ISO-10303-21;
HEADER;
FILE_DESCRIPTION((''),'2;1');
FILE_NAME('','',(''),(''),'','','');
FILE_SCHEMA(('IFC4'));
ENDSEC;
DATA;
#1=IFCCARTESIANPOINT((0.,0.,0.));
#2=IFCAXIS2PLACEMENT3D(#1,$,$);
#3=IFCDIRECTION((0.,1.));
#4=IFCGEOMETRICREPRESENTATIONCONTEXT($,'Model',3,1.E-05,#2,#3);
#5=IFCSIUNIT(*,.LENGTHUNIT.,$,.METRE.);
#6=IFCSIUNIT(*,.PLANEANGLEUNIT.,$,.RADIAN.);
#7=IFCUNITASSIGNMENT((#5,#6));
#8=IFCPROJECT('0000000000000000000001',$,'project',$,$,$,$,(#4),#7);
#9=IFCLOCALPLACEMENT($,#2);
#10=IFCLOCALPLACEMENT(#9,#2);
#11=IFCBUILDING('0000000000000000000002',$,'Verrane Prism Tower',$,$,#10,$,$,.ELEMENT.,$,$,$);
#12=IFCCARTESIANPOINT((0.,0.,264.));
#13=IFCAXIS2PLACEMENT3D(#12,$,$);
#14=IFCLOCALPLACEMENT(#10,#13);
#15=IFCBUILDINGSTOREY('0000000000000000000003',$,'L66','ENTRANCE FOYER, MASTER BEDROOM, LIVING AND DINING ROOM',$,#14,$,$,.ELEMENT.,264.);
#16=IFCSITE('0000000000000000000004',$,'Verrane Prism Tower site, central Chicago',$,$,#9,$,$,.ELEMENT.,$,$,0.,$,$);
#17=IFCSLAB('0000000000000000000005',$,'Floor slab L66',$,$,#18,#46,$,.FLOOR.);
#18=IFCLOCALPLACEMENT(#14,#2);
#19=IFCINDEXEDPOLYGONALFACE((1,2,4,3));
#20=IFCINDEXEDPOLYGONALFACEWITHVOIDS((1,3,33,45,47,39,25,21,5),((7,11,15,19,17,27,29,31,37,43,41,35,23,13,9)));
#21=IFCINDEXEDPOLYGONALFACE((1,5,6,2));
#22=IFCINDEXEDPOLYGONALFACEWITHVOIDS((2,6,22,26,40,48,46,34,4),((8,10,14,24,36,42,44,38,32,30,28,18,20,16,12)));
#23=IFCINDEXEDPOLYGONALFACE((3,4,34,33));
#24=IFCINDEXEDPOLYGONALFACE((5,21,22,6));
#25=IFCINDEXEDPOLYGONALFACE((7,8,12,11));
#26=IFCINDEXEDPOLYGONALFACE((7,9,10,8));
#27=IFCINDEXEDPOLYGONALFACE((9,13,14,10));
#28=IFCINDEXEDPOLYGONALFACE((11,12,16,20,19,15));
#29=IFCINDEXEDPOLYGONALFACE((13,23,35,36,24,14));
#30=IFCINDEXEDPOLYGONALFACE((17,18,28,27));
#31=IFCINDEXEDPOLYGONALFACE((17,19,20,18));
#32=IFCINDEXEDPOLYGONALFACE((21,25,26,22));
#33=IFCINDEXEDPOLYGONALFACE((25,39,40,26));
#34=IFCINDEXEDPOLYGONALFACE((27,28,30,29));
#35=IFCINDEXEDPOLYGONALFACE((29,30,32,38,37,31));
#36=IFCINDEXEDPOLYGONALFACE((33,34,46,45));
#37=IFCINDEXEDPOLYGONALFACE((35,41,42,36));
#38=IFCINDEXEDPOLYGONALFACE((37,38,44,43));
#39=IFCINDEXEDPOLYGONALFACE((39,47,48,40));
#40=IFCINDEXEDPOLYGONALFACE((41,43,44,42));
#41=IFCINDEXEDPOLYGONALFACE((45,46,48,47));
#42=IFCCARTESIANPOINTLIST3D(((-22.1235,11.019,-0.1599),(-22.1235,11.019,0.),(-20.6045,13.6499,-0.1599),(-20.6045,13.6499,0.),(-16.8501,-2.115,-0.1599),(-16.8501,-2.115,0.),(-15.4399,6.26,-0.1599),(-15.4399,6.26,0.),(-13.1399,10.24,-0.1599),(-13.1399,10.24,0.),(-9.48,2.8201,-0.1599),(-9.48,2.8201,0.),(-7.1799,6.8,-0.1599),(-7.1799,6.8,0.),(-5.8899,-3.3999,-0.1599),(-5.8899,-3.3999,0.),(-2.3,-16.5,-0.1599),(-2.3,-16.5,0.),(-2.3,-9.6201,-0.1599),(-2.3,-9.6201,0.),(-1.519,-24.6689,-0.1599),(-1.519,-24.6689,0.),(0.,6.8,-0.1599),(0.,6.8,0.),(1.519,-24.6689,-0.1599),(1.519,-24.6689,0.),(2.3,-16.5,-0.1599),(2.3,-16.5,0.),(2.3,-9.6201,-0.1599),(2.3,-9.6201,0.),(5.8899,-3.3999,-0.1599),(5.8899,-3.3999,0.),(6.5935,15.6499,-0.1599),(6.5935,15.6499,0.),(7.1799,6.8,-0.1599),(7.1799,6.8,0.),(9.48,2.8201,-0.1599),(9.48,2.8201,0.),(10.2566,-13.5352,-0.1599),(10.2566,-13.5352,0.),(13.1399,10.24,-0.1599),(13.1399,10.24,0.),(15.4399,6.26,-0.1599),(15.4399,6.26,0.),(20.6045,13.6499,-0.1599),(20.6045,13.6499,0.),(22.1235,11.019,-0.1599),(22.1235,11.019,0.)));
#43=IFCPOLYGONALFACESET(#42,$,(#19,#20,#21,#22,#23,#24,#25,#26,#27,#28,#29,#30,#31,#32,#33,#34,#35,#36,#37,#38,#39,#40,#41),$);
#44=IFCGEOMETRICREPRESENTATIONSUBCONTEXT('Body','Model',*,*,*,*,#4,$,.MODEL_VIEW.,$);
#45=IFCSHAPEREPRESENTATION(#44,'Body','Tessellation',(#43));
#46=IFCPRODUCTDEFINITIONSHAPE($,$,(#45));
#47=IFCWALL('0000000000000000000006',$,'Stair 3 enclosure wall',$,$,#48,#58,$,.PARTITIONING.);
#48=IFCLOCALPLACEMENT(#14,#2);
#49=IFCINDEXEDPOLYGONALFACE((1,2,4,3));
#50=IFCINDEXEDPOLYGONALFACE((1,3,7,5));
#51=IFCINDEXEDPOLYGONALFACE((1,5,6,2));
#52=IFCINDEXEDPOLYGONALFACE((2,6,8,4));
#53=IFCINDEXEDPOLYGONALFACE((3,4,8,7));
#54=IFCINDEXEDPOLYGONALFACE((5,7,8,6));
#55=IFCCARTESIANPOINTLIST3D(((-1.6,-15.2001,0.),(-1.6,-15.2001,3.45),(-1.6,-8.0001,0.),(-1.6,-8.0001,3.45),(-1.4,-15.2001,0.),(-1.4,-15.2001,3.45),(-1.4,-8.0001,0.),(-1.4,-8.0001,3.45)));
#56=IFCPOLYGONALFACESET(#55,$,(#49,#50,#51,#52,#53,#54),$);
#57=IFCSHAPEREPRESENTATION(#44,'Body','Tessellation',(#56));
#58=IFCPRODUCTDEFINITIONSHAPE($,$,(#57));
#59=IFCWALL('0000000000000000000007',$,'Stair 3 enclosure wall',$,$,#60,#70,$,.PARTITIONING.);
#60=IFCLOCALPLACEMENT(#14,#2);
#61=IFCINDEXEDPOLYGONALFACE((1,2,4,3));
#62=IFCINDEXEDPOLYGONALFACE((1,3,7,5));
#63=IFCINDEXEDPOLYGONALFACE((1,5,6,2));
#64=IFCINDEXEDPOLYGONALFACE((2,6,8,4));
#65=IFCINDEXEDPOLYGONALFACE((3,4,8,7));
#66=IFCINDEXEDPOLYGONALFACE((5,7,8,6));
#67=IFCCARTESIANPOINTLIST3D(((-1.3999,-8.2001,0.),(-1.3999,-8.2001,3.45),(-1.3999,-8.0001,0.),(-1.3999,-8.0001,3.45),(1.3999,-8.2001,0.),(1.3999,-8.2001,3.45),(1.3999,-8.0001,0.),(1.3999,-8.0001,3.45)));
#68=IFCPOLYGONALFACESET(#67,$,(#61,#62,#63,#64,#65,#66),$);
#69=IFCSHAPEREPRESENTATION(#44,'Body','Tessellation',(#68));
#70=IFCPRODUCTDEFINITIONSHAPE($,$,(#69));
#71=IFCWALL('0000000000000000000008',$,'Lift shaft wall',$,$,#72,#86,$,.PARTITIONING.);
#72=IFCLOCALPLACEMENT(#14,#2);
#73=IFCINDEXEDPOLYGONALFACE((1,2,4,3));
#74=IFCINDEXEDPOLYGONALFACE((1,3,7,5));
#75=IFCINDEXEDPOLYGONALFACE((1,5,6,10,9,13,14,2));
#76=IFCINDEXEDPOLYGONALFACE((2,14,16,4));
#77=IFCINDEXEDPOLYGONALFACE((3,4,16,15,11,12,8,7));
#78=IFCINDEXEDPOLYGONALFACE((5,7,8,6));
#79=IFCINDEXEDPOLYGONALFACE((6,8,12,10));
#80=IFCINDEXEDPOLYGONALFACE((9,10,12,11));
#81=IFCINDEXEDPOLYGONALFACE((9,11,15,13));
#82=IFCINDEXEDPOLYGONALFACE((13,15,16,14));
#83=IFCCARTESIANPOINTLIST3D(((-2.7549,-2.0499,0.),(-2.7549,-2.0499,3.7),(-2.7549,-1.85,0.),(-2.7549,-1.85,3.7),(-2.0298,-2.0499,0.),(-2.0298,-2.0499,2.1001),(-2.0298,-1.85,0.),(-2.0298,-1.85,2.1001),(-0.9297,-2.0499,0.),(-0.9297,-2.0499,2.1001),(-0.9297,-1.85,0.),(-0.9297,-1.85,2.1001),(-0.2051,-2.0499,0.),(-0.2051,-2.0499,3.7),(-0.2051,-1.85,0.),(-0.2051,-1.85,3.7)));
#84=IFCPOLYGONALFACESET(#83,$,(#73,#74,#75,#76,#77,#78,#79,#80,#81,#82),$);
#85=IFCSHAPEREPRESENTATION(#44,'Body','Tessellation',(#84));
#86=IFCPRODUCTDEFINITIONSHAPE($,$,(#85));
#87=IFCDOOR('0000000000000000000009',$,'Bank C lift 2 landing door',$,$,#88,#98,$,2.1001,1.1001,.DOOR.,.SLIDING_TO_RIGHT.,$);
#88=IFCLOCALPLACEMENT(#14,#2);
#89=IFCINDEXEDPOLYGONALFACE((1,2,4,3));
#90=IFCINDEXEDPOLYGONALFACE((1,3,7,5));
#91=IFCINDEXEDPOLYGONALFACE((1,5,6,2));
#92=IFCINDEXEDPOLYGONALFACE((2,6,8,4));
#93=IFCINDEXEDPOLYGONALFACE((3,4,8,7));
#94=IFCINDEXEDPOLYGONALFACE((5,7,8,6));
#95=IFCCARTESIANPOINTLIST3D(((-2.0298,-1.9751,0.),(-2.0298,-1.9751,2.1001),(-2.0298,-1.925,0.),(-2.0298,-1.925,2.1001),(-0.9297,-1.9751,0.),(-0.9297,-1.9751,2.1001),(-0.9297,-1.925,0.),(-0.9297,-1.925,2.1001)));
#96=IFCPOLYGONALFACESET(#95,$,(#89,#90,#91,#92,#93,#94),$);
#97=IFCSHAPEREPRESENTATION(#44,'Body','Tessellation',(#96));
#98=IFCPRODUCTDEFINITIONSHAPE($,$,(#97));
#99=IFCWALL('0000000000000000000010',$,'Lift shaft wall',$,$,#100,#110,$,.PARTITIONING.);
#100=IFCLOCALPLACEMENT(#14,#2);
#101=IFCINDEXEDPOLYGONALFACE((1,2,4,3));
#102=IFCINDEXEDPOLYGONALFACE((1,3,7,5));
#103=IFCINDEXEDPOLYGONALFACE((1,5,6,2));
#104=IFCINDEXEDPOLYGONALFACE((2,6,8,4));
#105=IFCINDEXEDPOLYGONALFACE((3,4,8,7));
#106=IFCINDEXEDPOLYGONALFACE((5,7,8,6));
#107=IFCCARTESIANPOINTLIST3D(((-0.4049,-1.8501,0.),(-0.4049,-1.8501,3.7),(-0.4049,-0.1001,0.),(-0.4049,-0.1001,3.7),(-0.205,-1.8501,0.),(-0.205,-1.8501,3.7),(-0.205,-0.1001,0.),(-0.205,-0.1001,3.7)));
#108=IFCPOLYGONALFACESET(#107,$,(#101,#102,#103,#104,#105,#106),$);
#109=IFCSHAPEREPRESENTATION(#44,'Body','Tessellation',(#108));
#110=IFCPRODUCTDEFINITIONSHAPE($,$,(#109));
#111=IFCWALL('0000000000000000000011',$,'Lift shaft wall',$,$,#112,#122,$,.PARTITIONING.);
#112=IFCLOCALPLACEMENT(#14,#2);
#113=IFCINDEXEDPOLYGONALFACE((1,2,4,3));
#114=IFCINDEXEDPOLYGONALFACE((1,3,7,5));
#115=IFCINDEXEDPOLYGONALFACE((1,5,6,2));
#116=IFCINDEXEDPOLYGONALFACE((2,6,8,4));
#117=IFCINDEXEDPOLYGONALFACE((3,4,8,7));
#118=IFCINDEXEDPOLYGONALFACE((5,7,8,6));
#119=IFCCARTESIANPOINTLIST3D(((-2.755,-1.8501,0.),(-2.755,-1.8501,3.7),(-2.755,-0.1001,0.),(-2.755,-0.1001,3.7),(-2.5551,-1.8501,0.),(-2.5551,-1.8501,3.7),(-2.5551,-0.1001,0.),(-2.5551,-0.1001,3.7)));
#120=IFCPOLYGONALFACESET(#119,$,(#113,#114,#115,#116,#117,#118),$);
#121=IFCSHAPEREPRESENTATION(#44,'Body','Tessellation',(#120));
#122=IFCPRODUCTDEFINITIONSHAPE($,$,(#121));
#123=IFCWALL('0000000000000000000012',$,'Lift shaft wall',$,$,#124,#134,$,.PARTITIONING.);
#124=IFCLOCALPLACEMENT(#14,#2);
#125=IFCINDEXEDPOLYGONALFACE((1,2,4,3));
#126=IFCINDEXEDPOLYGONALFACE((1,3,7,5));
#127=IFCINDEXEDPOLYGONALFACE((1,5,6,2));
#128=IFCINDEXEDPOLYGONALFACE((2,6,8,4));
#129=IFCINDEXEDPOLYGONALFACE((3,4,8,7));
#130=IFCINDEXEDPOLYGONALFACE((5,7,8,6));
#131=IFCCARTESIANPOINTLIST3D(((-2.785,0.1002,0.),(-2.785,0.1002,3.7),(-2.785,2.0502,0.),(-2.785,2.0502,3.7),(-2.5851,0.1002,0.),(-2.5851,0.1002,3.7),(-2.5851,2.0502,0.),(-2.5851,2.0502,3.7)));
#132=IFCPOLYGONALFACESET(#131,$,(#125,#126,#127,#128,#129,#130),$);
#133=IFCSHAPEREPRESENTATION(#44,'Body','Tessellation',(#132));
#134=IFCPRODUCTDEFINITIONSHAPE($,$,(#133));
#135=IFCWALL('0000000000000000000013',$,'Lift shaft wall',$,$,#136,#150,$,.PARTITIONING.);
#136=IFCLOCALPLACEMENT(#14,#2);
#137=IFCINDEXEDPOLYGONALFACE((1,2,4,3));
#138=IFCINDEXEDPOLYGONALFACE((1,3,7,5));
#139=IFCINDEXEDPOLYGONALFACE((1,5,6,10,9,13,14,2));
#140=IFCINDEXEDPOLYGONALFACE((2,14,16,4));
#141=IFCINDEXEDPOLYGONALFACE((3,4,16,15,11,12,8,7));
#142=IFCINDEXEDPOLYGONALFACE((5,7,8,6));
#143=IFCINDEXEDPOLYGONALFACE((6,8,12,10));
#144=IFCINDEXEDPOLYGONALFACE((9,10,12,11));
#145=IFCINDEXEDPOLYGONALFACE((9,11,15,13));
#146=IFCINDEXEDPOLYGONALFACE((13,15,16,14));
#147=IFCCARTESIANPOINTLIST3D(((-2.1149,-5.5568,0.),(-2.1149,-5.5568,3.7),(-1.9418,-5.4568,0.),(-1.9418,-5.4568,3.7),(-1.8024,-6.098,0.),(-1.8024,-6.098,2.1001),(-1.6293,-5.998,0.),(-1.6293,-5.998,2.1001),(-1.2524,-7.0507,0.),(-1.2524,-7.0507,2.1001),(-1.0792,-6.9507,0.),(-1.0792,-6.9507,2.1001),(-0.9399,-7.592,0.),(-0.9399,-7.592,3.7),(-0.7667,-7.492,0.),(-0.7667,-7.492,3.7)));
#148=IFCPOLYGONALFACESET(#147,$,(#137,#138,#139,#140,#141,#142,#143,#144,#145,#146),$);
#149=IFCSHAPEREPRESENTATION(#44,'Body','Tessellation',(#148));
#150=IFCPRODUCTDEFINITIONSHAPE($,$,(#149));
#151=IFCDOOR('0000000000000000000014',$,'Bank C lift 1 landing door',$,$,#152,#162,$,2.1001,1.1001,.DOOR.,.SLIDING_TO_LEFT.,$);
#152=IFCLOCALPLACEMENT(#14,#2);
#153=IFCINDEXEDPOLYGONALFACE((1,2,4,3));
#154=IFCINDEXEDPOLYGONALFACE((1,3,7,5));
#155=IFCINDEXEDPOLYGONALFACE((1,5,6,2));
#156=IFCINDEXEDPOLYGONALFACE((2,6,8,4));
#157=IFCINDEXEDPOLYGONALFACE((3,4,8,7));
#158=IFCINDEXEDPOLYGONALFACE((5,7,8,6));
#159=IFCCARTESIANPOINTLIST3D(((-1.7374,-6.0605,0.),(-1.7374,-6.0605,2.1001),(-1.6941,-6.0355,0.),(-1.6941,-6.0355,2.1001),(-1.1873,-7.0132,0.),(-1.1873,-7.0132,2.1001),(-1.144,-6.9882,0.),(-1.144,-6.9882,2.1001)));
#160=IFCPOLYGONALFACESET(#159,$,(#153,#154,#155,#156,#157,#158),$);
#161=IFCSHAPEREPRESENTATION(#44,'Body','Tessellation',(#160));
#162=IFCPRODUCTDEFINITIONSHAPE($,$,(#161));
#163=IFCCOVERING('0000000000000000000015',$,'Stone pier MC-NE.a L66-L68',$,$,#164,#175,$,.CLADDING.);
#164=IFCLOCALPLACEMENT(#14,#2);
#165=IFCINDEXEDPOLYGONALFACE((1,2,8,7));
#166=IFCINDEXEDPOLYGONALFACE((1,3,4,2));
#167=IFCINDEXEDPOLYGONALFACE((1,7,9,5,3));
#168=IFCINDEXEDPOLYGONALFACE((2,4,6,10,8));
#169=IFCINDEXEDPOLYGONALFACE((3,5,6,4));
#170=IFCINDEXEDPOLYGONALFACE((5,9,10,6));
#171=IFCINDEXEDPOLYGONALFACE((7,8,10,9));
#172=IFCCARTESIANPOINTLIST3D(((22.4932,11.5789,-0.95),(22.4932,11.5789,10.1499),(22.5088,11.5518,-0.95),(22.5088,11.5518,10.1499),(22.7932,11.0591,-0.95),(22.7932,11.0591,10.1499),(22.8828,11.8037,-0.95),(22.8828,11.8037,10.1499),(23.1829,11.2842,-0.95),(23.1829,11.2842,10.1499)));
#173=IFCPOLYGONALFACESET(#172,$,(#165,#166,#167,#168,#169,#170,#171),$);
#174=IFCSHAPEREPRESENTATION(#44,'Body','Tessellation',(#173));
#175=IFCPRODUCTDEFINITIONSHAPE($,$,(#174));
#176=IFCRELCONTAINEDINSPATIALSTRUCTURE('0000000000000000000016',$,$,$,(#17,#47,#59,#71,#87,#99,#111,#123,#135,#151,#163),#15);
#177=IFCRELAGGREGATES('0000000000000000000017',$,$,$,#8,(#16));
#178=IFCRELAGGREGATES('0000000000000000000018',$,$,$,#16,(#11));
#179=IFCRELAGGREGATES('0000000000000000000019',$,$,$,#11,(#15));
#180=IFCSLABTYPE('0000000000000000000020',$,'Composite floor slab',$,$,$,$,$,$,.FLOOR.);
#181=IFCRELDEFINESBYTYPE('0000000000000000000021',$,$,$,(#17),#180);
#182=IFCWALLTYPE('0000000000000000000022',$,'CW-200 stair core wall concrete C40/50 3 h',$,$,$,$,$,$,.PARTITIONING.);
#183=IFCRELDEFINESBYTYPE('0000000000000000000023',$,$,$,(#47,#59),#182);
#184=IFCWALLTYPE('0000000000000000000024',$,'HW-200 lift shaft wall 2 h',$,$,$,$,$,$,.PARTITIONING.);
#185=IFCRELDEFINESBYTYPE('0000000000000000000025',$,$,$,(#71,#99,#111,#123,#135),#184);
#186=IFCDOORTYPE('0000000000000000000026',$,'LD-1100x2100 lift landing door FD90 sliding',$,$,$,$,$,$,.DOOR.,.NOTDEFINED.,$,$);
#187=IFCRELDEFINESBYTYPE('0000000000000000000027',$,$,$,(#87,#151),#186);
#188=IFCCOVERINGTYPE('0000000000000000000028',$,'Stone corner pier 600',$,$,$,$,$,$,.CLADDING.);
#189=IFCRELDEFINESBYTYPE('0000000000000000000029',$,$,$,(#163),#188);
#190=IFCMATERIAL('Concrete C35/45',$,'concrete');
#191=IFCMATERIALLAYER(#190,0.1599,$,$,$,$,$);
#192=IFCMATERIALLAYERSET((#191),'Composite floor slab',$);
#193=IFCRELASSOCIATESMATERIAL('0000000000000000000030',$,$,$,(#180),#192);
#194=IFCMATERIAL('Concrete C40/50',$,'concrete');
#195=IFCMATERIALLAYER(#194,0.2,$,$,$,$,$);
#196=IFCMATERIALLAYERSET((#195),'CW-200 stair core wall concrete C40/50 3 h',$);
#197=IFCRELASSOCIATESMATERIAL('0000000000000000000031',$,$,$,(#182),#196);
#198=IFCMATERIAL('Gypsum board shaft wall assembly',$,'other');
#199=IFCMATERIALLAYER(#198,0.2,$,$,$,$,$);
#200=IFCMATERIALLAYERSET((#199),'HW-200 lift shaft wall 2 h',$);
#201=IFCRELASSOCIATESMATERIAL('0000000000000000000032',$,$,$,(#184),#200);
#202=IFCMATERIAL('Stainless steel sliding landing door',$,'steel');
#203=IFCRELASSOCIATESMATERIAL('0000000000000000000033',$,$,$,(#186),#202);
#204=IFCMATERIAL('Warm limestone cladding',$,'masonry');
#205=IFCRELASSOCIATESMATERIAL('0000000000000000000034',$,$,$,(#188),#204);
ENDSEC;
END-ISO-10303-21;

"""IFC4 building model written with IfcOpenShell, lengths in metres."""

from ifc_helpers import new_model, si_unit, direction, frame, frame_2d, origin, place, context, subcontext, project, spatial, polyline, rectangle, outline, extrude, material, layer, layer_set, type_object, element, fill, save


model = new_model("IFC4")

# Units and contexts
model_context = context("Model", 3, precision=1e-05, world=origin(), true_north=direction((0.0, 1.0)))
body_context = subcontext(model_context, "Body", "Model", "MODEL_VIEW")
ifc_project = project(units=[si_unit("LENGTHUNIT", "METRE"), si_unit("PLANEANGLEUNIT", "RADIAN")], contexts=[model_context])

# Site, building, storey
site_placement = place(None, origin())
site = spatial("IfcSite", under=ifc_project, at=site_placement, Name="Verrane Prism Tower site, central Chicago", CompositionType="ELEMENT", RefElevation=0.0)
building_placement = place(site_placement, origin())
building = spatial("IfcBuilding", under=site, at=building_placement, Name="Verrane Prism Tower", CompositionType="ELEMENT")
storey_placement = place(building_placement, frame((0.0, 0.0, 264.0)))
storey = spatial("IfcBuildingStorey", under=building, at=storey_placement, Name="L66", Description="ENTRANCE FOYER, MASTER BEDROOM, LIVING AND DINING ROOM", CompositionType="ELEMENT", Elevation=264.0)

# Slab
ifc_material_1 = material(Name="Concrete C35/45", Category="concrete")
ifc_layer_1 = layer(ifc_material_1, 0.1599)
ifc_layer_set_1 = layer_set([ifc_layer_1], Name="Composite floor slab")
slab_type = type_object("IfcSlabType", Name="Composite floor slab", PredefinedType="FLOOR", material=ifc_layer_set_1)
slab_placement = place(storey_placement, frame((0.0, 0.0, -0.1599)))
element("IfcSlab", 1, at=slab_placement, inside=storey, type_object=slab_type, Name="Floor slab L66", PredefinedType="FLOOR", context=body_context, shape_type="SweptSolid", body=[
    extrude(outline(polyline([(10.2566, -13.5352), (1.519, -24.6689), (-1.519, -24.6689), (-16.8501, -2.115), (-22.1235, 11.019), (-20.6045, 13.6499), (6.5935, 15.6499), (20.6045, 13.6499), (22.1235, 11.019), (10.2566, -13.5352)]), holes=[polyline([(15.4399, 6.26), (13.1399, 10.24), (7.1799, 6.8), (0.0, 6.8), (-7.1799, 6.8), (-13.1399, 10.24), (-15.4399, 6.26), (-9.48, 2.8201), (-5.8899, -3.3999), (-2.3, -9.6201), (-2.3, -16.5), (2.3, -16.5), (2.3, -9.6201), (5.8899, -3.3999), (9.48, 2.8201), (15.4399, 6.26)])]), origin(), (0.0, 0.0, 1.0), 0.1599),
])

# Walls
ifc_material_2 = material(Name="Concrete C40/50", Category="concrete")
ifc_layer_2 = layer(ifc_material_2, 0.2)
ifc_layer_set_2 = layer_set([ifc_layer_2], Name="CW-200 stair core wall concrete C40/50 3 h")
wall_type_1 = type_object("IfcWallType", Name="CW-200 stair core wall concrete C40/50 3 h", PredefinedType="PARTITIONING", material=ifc_layer_set_2)
wall_1_placement = place(storey_placement, frame((-1.5, -8.0, 0.0), z_axis=(0.0, 0.0, 1.0), x_axis=(0.0, -1.0, 0.0)))
element("IfcWall", 2, at=wall_1_placement, inside=storey, type_object=wall_type_1, Name="Stair 3 enclosure wall", PredefinedType="PARTITIONING", context=body_context, shape_type="SweptSolid", body=[
    extrude(rectangle(XDim=7.2, YDim=0.2, at=frame_2d((3.6001, 0.0))), origin(), (0.0, 0.0, 1.0), 3.45),
])
wall_2_placement = place(storey_placement, frame((-1.3999, -8.1001, 0.0), z_axis=(0.0, 0.0, 1.0), x_axis=(1.0, 0.0, 0.0)))
element("IfcWall", 3, at=wall_2_placement, inside=storey, type_object=wall_type_1, Name="Stair 3 enclosure wall", PredefinedType="PARTITIONING", context=body_context, shape_type="SweptSolid", body=[
    extrude(rectangle(XDim=2.7998, YDim=0.2, at=frame_2d((1.3999, 0.0))), origin(), (0.0, 0.0, 1.0), 3.45),
])

# Wall, opening, door
ifc_material_3 = material(Name="Gypsum board shaft wall assembly", Category="other")
ifc_layer_3 = layer(ifc_material_3, 0.2)
ifc_layer_set_3 = layer_set([ifc_layer_3], Name="HW-200 lift shaft wall 2 h")
wall_type_2 = type_object("IfcWallType", Name="HW-200 lift shaft wall 2 h", PredefinedType="PARTITIONING", material=ifc_layer_set_3)
wall_3_placement = place(storey_placement, frame((-2.7549, -1.95, 0.0), z_axis=(0.0, 0.0, 1.0), x_axis=(1.0, 0.0, 0.0)))
wall_3 = element("IfcWall", 4, at=wall_3_placement, inside=storey, type_object=wall_type_2, Name="Lift shaft wall", PredefinedType="PARTITIONING", context=body_context, shape_type="SweptSolid", body=[
    extrude(rectangle(XDim=2.5498, YDim=0.2, at=frame_2d((1.2749, 0.0))), origin(), (0.0, 0.0, 1.0), 3.7),
])
opening_1_placement = place(wall_3_placement, frame((0.7251, 0.0, 0.0)))
opening_1 = element("IfcOpeningElement", 5, at=opening_1_placement, cuts=wall_3, PredefinedType="OPENING", context=body_context, shape_type="SweptSolid", body=[
    extrude(rectangle(XDim=1.1001, YDim=2.1001, at=frame_2d((0.55, 1.05))), frame((0.0, 0.1099, 0.0), z_axis=(0.0, -1.0, 0.0), x_axis=(1.0, 0.0, 0.0)), (0.0, 0.0, 1.0), 0.22),
])
ifc_material_4 = material(Name="Stainless steel sliding landing door", Category="steel")
door_type = type_object("IfcDoorType", Name="LD-1100x2100 lift landing door FD90 sliding", OperationType="NOTDEFINED", PredefinedType="DOOR", material=ifc_material_4)
door_1_placement = place(opening_1_placement, origin())
door_1 = element("IfcDoor", 6, at=door_1_placement, inside=storey, type_object=door_type, Name="Bank C lift 2 landing door", OperationType="SLIDING_TO_RIGHT", OverallHeight=2.1001, OverallWidth=1.1001, PredefinedType="DOOR", context=body_context, shape_type="SweptSolid", body=[
    extrude(rectangle(XDim=1.1001, YDim=2.1001, at=frame_2d((0.55, 1.05))), frame((0.0, 0.0249, 0.0), z_axis=(0.0, -1.0, 0.0), x_axis=(1.0, 0.0, 0.0)), (0.0, 0.0, 1.0), 0.05),
])
fill(opening_1, door_1)

# Walls
for number, where, z_axis, x_axis, name in (
    (7, (-0.3049, -1.8501, 0.0), (0.0, 0.0, 1.0), (0.0, 1.0, 0.0), "Lift shaft wall"),
    (8, (-2.655, -1.8501, 0.0), (0.0, 0.0, 1.0), (0.0, 1.0, 0.0), "Lift shaft wall"),
):
    element("IfcWall", number, at=place(storey_placement, frame(where, z_axis=z_axis, x_axis=x_axis)), inside=storey, type_object=wall_type_2, Name=name, PredefinedType="PARTITIONING", context=body_context, shape_type="SweptSolid", body=[
        extrude(rectangle(XDim=1.75, YDim=0.2, at=frame_2d((0.875, 0.0))), origin(), (0.0, 0.0, 1.0), 3.7),
    ])
wall_4_placement = place(storey_placement, frame((-2.6851, 0.1001, 0.0), z_axis=(0.0, 0.0, 1.0), x_axis=(0.0, 1.0, 0.0)))
element("IfcWall", 9, at=wall_4_placement, inside=storey, type_object=wall_type_2, Name="Lift shaft wall", PredefinedType="PARTITIONING", context=body_context, shape_type="SweptSolid", body=[
    extrude(rectangle(XDim=1.95, YDim=0.2, at=frame_2d((0.9751, 0.0))), origin(), (0.0, 0.0, 1.0), 3.7),
])

# Wall, opening, door
wall_5_placement = place(storey_placement, frame((-0.8533, -7.542, 0.0), z_axis=(0.0, 0.0, 1.0), x_axis=(-0.500016, 0.866016, 0.0)))
wall_5 = element("IfcWall", 10, at=wall_5_placement, inside=storey, type_object=wall_type_2, Name="Lift shaft wall", PredefinedType="PARTITIONING", context=body_context, shape_type="SweptSolid", body=[
    extrude(rectangle(XDim=2.3501, YDim=0.2, at=frame_2d((1.175, 0.0))), origin(), (0.0, 0.0, 1.0), 3.7),
])
opening_2_placement = place(wall_5_placement, frame((0.625, 0.0, 0.0)))
opening_2 = element("IfcOpeningElement", 11, at=opening_2_placement, cuts=wall_5, PredefinedType="OPENING", context=body_context, shape_type="SweptSolid", body=[
    extrude(rectangle(XDim=1.1001, YDim=2.1001, at=frame_2d((0.55, 1.05))), frame((0.0, 0.1099, 0.0), z_axis=(0.0, -1.0, 0.0), x_axis=(1.0, 0.0, 0.0)), (0.0, 0.0, 1.0), 0.22),
])
door_2_placement = place(opening_2_placement, origin())
door_2 = element("IfcDoor", 12, at=door_2_placement, inside=storey, type_object=door_type, Name="Bank C lift 1 landing door", OperationType="SLIDING_TO_LEFT", OverallHeight=2.1001, OverallWidth=1.1001, PredefinedType="DOOR", context=body_context, shape_type="SweptSolid", body=[
    extrude(rectangle(XDim=1.1001, YDim=2.1001, at=frame_2d((0.55, 1.05))), frame((0.0, 0.0249, 0.0), z_axis=(0.0, -1.0, 0.0), x_axis=(1.0, 0.0, 0.0)), (0.0, 0.0, 1.0), 0.05),
])
fill(opening_2, door_2)

# Covering
ifc_material_5 = material(Name="Warm limestone cladding", Category="masonry")
covering_type_1 = type_object("IfcCoveringType", Name="Stone corner pier 600", PredefinedType="CLADDING", material=ifc_material_5)
covering_1_placement = place(storey_placement, frame((0.0, 0.0, -0.95)))
element("IfcCovering", 13, at=covering_1_placement, inside=storey, type_object=covering_type_1, Name="Stone pier MC-NE.a L66-L68", PredefinedType="CLADDING", context=body_context, shape_type="SweptSolid", body=[
    extrude(outline(polyline([(22.4932, 11.5789), (22.5088, 11.5518), (22.7932, 11.0591), (23.1829, 11.2842), (22.8828, 11.8037), (22.4932, 11.5789)])), origin(), (0.0, 0.0, 1.0), 11.0999),
])

save(model, "model.ifc")
